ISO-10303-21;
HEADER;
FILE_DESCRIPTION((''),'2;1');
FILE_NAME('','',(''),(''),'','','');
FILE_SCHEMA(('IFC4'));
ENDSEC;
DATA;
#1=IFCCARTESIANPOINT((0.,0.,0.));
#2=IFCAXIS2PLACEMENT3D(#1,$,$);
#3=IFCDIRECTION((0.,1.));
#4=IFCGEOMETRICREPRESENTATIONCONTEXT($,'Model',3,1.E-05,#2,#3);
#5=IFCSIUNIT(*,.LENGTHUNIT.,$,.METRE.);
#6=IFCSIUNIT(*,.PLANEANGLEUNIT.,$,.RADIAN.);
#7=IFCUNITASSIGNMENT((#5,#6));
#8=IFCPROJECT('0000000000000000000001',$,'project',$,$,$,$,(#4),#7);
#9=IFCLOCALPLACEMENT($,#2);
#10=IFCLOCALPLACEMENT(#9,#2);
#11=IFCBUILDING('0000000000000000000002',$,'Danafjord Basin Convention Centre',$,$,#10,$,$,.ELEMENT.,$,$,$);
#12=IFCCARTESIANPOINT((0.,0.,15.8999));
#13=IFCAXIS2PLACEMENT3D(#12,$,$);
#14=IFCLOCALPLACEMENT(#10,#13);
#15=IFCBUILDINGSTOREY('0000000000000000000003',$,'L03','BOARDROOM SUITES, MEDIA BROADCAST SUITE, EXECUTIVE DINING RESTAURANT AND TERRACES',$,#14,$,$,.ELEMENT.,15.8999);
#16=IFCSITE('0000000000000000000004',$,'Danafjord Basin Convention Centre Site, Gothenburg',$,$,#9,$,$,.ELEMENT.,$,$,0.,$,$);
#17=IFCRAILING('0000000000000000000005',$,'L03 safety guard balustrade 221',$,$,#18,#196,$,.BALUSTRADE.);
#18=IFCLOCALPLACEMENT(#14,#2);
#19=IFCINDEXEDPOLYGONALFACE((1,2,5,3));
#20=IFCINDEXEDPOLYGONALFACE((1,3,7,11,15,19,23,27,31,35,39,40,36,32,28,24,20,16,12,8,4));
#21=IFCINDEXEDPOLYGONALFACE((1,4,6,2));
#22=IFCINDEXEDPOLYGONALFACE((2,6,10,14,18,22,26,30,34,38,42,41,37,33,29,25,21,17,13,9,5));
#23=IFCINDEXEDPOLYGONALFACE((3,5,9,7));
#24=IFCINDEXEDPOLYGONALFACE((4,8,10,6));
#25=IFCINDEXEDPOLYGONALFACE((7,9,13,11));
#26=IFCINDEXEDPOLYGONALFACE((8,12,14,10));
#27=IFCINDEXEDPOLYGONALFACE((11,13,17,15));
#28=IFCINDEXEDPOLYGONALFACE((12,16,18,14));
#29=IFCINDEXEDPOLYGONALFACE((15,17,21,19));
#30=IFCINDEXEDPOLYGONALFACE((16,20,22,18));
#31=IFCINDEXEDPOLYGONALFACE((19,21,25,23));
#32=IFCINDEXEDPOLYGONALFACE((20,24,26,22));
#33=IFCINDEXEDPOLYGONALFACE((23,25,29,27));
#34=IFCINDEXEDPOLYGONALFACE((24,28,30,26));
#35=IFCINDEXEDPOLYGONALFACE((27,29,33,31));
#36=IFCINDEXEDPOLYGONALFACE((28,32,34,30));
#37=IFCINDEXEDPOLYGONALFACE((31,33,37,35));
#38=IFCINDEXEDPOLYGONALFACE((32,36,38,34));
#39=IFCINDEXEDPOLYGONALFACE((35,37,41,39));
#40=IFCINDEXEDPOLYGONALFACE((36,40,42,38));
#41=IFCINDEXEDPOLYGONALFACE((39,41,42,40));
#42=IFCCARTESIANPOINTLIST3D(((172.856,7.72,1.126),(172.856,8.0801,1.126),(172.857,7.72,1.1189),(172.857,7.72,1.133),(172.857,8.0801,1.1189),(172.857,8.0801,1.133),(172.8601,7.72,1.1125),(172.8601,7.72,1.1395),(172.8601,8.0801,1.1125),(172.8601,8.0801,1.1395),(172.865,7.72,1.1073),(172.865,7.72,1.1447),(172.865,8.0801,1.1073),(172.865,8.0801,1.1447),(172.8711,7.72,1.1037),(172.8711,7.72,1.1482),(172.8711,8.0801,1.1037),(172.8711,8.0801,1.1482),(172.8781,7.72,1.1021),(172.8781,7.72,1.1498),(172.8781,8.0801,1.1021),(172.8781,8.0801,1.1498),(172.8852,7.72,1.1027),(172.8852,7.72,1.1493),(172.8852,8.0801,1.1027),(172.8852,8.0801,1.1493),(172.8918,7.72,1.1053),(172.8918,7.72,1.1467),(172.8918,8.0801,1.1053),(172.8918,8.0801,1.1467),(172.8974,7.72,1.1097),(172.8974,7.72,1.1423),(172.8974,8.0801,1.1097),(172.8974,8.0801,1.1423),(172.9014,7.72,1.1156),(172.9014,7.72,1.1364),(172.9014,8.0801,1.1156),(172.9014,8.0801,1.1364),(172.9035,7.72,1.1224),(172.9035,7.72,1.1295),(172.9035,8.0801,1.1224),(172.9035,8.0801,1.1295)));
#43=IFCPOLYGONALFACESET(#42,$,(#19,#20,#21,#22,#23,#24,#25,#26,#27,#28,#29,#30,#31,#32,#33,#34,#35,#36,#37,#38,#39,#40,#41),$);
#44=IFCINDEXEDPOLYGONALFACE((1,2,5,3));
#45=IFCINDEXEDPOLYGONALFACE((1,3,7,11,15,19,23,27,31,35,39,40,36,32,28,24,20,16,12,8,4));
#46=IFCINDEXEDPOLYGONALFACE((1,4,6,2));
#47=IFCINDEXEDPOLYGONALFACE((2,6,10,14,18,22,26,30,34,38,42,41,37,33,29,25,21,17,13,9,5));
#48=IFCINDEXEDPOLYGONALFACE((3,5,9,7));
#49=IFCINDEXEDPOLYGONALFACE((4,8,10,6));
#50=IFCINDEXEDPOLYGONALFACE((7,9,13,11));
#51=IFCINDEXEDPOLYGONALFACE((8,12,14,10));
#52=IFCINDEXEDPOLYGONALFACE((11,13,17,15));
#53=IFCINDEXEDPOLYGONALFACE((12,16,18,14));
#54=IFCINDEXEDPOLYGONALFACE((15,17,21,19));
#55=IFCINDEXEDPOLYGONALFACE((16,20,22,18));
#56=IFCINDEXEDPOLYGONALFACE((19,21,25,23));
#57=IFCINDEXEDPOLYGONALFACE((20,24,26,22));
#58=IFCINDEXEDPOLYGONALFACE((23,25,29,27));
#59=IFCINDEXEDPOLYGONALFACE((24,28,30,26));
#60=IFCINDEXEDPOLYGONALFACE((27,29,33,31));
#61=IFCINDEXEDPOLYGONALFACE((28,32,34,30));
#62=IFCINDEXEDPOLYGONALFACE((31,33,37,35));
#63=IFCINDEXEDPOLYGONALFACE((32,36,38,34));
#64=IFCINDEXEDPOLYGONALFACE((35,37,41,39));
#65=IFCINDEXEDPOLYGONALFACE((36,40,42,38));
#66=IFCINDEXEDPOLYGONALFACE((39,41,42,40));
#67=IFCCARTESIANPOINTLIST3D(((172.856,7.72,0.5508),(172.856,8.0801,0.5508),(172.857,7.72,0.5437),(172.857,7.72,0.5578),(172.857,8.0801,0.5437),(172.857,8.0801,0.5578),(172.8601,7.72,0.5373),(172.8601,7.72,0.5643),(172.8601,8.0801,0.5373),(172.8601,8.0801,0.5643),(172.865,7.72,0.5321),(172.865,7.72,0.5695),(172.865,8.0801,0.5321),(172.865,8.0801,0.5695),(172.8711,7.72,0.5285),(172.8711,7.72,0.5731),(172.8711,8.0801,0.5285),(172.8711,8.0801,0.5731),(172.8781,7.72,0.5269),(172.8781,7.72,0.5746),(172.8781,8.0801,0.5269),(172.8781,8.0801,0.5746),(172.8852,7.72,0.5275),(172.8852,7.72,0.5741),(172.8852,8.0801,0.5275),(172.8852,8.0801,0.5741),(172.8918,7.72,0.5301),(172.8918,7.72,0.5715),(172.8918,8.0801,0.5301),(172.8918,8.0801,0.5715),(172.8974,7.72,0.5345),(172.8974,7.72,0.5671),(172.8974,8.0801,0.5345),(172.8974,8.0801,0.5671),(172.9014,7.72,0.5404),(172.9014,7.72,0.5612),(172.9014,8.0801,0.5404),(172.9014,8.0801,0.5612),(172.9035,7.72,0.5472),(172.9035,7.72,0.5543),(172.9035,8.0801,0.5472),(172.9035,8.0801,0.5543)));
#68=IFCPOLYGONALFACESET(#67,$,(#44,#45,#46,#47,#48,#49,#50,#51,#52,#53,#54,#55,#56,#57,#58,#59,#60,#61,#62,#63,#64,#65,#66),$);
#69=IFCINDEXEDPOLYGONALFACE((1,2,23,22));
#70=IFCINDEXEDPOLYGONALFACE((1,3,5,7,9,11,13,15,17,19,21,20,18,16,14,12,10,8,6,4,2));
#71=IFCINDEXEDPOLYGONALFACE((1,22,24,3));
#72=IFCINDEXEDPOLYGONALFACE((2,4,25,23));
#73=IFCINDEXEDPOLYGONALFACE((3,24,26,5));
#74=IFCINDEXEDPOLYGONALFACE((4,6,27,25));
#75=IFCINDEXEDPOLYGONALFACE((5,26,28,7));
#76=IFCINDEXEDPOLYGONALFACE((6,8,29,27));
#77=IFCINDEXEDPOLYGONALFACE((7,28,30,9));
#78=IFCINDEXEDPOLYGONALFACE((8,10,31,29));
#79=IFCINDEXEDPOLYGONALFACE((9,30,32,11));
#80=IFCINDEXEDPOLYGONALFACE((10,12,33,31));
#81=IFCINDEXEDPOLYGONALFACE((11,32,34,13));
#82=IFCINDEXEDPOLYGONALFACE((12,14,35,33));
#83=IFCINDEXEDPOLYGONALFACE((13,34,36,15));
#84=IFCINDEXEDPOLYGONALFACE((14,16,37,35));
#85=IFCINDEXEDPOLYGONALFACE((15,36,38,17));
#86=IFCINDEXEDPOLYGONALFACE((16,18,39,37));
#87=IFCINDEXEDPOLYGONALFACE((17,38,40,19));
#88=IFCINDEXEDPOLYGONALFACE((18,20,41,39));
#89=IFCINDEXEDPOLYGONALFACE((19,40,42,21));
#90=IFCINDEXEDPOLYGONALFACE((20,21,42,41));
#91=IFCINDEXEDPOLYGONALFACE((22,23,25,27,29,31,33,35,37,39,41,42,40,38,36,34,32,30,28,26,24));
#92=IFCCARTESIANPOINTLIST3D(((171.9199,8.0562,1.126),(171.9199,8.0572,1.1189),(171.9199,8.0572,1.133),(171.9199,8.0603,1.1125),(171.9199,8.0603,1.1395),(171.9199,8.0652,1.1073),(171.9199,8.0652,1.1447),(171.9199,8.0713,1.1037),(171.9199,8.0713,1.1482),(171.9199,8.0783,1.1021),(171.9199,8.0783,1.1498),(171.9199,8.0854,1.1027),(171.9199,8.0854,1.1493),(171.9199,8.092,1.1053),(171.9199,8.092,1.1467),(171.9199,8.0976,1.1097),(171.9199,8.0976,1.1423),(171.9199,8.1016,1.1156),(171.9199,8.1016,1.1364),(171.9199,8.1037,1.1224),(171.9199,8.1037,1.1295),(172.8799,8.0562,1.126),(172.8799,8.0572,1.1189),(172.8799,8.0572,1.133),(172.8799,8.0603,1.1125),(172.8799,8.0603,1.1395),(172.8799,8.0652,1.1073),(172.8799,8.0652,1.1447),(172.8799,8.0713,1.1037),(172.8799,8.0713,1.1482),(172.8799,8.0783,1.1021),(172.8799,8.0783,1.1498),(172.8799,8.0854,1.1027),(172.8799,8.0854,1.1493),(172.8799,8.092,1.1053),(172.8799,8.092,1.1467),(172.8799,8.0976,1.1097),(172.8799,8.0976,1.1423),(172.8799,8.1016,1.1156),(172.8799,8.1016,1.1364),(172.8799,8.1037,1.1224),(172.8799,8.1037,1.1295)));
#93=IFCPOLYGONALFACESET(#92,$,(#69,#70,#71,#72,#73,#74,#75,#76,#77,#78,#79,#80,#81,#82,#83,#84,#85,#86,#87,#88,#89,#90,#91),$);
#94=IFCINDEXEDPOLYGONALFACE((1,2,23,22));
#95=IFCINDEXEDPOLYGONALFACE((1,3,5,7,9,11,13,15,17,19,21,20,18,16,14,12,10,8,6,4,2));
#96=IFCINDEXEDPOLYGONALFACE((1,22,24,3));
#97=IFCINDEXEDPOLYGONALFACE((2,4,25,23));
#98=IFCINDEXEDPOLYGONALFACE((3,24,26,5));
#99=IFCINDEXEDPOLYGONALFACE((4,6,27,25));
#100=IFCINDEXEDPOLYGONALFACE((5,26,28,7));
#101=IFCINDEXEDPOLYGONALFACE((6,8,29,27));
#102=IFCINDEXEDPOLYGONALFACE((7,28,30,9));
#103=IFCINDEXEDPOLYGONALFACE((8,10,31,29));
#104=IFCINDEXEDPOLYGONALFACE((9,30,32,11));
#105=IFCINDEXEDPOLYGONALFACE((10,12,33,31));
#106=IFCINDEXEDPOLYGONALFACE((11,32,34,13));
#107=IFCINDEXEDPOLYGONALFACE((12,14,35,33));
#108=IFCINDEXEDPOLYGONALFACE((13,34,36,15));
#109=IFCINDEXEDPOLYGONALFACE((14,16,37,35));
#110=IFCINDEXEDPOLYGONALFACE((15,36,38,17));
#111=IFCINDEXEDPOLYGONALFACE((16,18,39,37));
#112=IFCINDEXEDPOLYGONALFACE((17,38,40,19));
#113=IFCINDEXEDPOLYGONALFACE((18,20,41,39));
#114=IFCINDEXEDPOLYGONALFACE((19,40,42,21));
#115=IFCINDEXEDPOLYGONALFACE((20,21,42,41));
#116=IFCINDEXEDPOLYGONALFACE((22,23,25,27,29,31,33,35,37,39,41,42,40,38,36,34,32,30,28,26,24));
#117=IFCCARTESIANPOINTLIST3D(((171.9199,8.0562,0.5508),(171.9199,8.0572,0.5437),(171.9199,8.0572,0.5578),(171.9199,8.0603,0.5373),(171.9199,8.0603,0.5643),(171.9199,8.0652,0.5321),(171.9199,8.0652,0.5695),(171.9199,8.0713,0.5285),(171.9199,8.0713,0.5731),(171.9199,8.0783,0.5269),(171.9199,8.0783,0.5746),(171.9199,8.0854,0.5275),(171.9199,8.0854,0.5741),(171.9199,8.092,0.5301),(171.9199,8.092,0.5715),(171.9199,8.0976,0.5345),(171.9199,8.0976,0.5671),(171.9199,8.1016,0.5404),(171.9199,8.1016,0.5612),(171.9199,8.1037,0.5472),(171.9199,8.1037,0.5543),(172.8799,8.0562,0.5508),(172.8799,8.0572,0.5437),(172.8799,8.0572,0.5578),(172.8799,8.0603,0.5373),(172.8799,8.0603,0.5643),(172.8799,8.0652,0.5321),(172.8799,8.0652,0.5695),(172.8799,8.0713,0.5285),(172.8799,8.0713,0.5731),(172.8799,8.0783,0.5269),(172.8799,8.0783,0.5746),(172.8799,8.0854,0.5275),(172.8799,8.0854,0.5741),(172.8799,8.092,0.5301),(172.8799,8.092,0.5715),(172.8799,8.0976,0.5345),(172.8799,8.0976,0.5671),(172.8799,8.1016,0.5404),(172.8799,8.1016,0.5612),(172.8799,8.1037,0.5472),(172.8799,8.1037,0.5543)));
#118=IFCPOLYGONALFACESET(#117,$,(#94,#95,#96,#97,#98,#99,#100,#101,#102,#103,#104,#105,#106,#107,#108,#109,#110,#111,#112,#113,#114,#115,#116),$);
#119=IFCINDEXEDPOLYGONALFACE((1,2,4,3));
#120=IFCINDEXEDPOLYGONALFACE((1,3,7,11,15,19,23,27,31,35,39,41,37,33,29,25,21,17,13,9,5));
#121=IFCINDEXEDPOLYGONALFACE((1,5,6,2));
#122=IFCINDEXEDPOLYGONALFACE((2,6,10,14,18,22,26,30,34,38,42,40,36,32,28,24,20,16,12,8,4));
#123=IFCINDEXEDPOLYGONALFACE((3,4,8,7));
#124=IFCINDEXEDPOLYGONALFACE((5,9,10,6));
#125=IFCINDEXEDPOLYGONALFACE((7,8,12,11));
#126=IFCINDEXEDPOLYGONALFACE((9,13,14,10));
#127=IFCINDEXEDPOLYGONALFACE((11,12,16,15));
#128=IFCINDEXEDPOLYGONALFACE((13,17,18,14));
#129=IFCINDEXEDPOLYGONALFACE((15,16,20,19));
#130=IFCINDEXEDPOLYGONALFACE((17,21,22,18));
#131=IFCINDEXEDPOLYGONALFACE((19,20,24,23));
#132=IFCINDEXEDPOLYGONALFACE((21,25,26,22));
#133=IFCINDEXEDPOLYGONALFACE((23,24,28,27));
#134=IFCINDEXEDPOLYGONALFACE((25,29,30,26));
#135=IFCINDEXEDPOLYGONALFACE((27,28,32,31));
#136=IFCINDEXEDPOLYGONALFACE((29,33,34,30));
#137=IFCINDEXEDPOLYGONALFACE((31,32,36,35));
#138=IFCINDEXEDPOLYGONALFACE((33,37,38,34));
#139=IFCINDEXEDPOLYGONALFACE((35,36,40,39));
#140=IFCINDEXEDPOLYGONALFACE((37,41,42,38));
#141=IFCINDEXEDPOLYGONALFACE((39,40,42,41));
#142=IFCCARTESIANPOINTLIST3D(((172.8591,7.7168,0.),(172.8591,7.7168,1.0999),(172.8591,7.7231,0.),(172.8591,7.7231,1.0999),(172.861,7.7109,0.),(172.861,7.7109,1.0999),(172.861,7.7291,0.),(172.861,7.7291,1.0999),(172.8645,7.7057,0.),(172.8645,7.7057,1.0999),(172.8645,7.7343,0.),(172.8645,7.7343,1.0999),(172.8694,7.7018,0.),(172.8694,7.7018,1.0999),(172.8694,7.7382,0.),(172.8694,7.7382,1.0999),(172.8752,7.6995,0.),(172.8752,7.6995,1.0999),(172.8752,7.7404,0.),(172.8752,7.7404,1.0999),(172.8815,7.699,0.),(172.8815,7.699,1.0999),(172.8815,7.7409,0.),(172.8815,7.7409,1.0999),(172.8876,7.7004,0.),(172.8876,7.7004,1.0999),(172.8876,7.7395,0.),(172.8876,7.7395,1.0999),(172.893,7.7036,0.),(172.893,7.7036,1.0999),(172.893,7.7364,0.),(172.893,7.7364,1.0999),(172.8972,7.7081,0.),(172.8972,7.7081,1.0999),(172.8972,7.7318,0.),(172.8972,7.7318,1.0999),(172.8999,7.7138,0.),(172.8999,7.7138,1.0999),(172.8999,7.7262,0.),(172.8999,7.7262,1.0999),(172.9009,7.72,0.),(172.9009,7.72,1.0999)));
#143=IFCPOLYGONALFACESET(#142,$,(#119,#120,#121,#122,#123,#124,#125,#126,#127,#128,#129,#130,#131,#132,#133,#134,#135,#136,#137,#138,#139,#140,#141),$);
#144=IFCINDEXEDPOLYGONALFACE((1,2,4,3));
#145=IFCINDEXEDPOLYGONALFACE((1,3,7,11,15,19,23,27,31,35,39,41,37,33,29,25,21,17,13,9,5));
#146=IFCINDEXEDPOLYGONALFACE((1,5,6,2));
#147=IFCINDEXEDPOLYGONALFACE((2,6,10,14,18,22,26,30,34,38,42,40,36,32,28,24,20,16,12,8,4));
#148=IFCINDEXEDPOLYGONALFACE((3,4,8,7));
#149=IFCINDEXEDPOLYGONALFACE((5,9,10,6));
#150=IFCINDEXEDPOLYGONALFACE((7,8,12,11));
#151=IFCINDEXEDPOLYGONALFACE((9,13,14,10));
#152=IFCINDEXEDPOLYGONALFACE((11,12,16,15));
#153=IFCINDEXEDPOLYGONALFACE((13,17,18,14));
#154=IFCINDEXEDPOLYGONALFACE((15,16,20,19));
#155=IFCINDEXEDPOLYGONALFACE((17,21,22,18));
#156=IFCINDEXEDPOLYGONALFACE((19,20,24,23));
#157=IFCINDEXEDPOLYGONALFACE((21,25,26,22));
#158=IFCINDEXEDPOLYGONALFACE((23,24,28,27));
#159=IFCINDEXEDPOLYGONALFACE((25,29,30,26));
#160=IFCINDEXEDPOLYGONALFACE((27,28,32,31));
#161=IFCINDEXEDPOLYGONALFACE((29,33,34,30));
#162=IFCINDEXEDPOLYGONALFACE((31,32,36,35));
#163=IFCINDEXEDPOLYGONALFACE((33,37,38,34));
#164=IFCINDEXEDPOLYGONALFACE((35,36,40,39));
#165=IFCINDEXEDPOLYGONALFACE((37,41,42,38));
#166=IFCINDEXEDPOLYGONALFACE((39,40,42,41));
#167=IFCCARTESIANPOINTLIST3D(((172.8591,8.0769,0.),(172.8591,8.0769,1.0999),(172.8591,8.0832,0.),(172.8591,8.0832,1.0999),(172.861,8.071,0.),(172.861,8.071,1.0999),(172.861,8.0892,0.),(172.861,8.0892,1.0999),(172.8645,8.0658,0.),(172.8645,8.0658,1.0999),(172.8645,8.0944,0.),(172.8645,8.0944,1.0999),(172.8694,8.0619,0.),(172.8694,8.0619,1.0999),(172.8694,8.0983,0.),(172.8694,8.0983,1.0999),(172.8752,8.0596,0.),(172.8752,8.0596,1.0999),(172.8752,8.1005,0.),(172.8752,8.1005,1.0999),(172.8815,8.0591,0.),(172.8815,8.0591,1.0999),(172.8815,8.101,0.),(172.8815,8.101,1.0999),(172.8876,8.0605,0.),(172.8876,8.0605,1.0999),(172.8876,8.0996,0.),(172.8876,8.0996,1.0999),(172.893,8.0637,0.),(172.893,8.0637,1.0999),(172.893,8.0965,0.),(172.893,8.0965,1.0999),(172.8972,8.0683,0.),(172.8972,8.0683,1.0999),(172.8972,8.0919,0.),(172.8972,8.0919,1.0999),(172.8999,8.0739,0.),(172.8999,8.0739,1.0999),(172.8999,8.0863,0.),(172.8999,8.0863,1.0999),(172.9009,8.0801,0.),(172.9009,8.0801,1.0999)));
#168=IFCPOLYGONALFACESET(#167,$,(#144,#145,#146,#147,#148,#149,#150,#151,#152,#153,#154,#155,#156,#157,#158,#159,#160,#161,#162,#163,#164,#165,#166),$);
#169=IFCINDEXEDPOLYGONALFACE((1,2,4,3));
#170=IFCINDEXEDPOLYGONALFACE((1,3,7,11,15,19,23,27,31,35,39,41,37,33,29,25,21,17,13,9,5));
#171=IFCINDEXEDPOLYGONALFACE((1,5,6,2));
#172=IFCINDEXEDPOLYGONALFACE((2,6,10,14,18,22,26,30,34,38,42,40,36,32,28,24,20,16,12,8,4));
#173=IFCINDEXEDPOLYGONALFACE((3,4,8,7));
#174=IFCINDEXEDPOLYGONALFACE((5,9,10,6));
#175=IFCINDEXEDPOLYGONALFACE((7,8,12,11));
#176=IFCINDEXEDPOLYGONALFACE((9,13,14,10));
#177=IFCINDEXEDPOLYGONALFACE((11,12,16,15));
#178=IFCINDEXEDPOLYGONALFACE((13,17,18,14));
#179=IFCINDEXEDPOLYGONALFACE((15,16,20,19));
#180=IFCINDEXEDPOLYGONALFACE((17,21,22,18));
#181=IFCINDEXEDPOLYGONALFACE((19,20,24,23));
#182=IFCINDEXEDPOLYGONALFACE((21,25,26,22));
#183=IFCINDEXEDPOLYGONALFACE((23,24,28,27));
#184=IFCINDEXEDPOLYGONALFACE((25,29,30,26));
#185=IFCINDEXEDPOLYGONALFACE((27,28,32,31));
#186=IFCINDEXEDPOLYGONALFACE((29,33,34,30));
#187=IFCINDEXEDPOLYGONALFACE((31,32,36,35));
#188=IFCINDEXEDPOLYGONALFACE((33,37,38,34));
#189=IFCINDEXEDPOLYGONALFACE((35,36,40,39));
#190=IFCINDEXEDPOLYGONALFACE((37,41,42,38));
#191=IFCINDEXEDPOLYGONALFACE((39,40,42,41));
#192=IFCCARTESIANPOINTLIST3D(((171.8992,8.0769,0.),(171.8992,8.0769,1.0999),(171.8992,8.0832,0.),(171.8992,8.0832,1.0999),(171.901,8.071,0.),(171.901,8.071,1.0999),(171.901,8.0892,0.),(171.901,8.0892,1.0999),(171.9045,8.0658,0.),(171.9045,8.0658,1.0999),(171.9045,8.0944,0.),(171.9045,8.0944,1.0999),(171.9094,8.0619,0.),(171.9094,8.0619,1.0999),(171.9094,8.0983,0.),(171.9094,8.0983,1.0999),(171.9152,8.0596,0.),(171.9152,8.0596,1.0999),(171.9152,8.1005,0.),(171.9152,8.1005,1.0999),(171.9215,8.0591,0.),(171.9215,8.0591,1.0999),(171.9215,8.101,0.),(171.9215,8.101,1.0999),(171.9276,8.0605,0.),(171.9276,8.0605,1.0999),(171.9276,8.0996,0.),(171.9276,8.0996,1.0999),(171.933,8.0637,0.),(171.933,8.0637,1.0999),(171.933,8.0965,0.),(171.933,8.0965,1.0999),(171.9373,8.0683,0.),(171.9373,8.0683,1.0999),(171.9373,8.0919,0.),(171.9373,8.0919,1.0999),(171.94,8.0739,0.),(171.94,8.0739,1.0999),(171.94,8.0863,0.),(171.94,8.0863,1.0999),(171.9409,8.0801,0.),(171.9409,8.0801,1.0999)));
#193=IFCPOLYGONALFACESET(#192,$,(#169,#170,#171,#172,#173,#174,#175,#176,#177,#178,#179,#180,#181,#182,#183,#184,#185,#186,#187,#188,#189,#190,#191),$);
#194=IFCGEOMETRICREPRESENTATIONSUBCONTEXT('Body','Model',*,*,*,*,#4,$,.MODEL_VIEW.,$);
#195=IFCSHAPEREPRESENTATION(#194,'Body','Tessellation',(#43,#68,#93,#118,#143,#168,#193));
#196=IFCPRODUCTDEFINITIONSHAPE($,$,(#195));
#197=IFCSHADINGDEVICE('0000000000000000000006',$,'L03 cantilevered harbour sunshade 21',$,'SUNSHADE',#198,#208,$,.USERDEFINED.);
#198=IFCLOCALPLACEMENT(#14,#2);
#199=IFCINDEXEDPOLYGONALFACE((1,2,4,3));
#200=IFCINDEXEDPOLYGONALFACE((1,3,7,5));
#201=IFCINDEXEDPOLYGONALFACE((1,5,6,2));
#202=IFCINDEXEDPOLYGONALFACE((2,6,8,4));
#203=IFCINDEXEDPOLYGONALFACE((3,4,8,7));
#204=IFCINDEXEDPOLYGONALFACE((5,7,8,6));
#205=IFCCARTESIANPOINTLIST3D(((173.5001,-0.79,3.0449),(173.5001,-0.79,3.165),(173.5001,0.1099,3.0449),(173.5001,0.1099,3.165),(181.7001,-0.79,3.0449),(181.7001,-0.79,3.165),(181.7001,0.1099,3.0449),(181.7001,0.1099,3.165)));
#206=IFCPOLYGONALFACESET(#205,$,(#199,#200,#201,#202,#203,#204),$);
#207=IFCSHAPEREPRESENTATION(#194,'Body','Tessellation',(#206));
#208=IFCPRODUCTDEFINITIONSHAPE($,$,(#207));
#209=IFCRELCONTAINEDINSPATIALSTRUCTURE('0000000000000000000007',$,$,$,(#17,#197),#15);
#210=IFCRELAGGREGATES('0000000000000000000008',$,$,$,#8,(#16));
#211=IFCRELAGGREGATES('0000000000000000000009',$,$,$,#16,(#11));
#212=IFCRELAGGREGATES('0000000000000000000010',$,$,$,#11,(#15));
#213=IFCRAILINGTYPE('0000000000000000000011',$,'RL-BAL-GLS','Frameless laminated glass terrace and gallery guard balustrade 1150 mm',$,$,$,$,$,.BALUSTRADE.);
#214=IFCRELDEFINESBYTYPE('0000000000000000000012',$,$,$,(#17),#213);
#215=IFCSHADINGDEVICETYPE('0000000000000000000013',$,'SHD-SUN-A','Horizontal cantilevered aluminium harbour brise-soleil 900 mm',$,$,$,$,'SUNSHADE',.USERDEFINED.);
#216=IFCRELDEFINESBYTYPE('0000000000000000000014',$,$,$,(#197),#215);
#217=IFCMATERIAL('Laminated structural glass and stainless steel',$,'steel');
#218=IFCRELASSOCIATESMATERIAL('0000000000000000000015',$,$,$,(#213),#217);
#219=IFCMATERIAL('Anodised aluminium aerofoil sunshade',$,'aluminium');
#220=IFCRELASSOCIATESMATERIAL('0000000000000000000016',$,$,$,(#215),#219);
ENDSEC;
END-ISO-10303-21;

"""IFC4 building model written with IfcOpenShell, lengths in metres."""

from ifc_helpers import new_model, si_unit, direction, frame, origin, origin_2d, place, context, subcontext, project, spatial, rectangle, circle, extrude, material, type_object, element, save


model = new_model("IFC4")

# Units and contexts
model_context = context("Model", 3, precision=1e-05, world=origin(), true_north=direction((0.0, 1.0)))
body_context = subcontext(model_context, "Body", "Model", "MODEL_VIEW")
ifc_project = project(units=[si_unit("LENGTHUNIT", "METRE"), si_unit("PLANEANGLEUNIT", "RADIAN")], contexts=[model_context])

# Site, building, storey
site_placement = place(None, origin())
site = spatial("IfcSite", under=ifc_project, at=site_placement, Name="Danafjord Basin Convention Centre Site, Gothenburg", CompositionType="ELEMENT", RefElevation=0.0)
building_placement = place(site_placement, origin())
building = spatial("IfcBuilding", under=site, at=building_placement, Name="Danafjord Basin Convention Centre", CompositionType="ELEMENT")
storey_placement = place(building_placement, frame((0.0, 0.0, 15.8999)))
storey = spatial("IfcBuildingStorey", under=building, at=storey_placement, Name="L03", Description="BOARDROOM SUITES, MEDIA BROADCAST SUITE, EXECUTIVE DINING RESTAURANT AND TERRACES", CompositionType="ELEMENT", Elevation=15.8999)

# Railing
ifc_material_1 = material(Name="Laminated structural glass and stainless steel", Category="steel")
railing_type = type_object("IfcRailingType", Name="RL-BAL-GLS", Description="Frameless laminated glass terrace and gallery guard balustrade 1150 mm", PredefinedType="BALUSTRADE", material=ifc_material_1)
railing_placement = place(storey_placement, frame((172.8799, 7.72, 0.0)))
element("IfcRailing", 1, at=railing_placement, inside=storey, type_object=railing_type, Name="L03 safety guard balustrade 221", PredefinedType="BALUSTRADE", context=body_context, shape_type="SweptSolid", body=[
    extrude(circle(Radius=0.0239, at=origin_2d()), frame((0.0, 0.0, 1.126), z_axis=(0.0, 1.0, 0.0), x_axis=(-1.0, 0.0, 0.0)), (0.0, 0.0, 1.0), 0.3601),
    extrude(circle(Radius=0.0239, at=origin_2d()), frame((0.0, 0.0, 0.5508), z_axis=(0.0, 1.0, 0.0), x_axis=(-1.0, 0.0, 0.0)), (0.0, 0.0, 1.0), 0.3601),
    extrude(circle(Radius=0.0239, at=origin_2d()), frame((0.0, 0.3601, 1.126), z_axis=(-1.0, 0.0, 0.0), x_axis=(0.0, -1.0, 0.0)), (0.0, 0.0, 1.0), 0.96),
    extrude(circle(Radius=0.0239, at=origin_2d()), frame((0.0, 0.3601, 0.5508), z_axis=(-1.0, 0.0, 0.0), x_axis=(0.0, -1.0, 0.0)), (0.0, 0.0, 1.0), 0.96),
    extrude(circle(Radius=0.021, at=origin_2d()), origin(), (0.0, 0.0, 1.0), 1.0999),
    extrude(circle(Radius=0.021, at=origin_2d()), frame((0.0, 0.3601, 0.0)), (0.0, 0.0, 1.0), 1.0999),
    extrude(circle(Radius=0.021, at=origin_2d()), frame((-0.96, 0.3601, 0.0)), (0.0, 0.0, 1.0), 1.0999),
])

# Shading device
ifc_material_2 = material(Name="Anodised aluminium aerofoil sunshade", Category="aluminium")
shading_device_type = type_object("IfcShadingDeviceType", Name="SHD-SUN-A", Description="Horizontal cantilevered aluminium harbour brise-soleil 900 mm", ElementType="SUNSHADE", PredefinedType="USERDEFINED", material=ifc_material_2)
shading_device_placement = place(storey_placement, frame((177.6001, -0.3401, 3.0449), z_axis=(0.0, 0.0, 1.0), x_axis=(1.0, 0.0, 0.0)))
element("IfcShadingDevice", 2, at=shading_device_placement, inside=storey, type_object=shading_device_type, Name="L03 cantilevered harbour sunshade 21", ObjectType="SUNSHADE", PredefinedType="USERDEFINED", context=body_context, shape_type="SweptSolid", body=[
    extrude(rectangle(XDim=8.2, YDim=0.8999, at=origin_2d()), origin(), (0.0, 0.0, 1.0), 0.1201),
])

save(model, "model.ifc")
